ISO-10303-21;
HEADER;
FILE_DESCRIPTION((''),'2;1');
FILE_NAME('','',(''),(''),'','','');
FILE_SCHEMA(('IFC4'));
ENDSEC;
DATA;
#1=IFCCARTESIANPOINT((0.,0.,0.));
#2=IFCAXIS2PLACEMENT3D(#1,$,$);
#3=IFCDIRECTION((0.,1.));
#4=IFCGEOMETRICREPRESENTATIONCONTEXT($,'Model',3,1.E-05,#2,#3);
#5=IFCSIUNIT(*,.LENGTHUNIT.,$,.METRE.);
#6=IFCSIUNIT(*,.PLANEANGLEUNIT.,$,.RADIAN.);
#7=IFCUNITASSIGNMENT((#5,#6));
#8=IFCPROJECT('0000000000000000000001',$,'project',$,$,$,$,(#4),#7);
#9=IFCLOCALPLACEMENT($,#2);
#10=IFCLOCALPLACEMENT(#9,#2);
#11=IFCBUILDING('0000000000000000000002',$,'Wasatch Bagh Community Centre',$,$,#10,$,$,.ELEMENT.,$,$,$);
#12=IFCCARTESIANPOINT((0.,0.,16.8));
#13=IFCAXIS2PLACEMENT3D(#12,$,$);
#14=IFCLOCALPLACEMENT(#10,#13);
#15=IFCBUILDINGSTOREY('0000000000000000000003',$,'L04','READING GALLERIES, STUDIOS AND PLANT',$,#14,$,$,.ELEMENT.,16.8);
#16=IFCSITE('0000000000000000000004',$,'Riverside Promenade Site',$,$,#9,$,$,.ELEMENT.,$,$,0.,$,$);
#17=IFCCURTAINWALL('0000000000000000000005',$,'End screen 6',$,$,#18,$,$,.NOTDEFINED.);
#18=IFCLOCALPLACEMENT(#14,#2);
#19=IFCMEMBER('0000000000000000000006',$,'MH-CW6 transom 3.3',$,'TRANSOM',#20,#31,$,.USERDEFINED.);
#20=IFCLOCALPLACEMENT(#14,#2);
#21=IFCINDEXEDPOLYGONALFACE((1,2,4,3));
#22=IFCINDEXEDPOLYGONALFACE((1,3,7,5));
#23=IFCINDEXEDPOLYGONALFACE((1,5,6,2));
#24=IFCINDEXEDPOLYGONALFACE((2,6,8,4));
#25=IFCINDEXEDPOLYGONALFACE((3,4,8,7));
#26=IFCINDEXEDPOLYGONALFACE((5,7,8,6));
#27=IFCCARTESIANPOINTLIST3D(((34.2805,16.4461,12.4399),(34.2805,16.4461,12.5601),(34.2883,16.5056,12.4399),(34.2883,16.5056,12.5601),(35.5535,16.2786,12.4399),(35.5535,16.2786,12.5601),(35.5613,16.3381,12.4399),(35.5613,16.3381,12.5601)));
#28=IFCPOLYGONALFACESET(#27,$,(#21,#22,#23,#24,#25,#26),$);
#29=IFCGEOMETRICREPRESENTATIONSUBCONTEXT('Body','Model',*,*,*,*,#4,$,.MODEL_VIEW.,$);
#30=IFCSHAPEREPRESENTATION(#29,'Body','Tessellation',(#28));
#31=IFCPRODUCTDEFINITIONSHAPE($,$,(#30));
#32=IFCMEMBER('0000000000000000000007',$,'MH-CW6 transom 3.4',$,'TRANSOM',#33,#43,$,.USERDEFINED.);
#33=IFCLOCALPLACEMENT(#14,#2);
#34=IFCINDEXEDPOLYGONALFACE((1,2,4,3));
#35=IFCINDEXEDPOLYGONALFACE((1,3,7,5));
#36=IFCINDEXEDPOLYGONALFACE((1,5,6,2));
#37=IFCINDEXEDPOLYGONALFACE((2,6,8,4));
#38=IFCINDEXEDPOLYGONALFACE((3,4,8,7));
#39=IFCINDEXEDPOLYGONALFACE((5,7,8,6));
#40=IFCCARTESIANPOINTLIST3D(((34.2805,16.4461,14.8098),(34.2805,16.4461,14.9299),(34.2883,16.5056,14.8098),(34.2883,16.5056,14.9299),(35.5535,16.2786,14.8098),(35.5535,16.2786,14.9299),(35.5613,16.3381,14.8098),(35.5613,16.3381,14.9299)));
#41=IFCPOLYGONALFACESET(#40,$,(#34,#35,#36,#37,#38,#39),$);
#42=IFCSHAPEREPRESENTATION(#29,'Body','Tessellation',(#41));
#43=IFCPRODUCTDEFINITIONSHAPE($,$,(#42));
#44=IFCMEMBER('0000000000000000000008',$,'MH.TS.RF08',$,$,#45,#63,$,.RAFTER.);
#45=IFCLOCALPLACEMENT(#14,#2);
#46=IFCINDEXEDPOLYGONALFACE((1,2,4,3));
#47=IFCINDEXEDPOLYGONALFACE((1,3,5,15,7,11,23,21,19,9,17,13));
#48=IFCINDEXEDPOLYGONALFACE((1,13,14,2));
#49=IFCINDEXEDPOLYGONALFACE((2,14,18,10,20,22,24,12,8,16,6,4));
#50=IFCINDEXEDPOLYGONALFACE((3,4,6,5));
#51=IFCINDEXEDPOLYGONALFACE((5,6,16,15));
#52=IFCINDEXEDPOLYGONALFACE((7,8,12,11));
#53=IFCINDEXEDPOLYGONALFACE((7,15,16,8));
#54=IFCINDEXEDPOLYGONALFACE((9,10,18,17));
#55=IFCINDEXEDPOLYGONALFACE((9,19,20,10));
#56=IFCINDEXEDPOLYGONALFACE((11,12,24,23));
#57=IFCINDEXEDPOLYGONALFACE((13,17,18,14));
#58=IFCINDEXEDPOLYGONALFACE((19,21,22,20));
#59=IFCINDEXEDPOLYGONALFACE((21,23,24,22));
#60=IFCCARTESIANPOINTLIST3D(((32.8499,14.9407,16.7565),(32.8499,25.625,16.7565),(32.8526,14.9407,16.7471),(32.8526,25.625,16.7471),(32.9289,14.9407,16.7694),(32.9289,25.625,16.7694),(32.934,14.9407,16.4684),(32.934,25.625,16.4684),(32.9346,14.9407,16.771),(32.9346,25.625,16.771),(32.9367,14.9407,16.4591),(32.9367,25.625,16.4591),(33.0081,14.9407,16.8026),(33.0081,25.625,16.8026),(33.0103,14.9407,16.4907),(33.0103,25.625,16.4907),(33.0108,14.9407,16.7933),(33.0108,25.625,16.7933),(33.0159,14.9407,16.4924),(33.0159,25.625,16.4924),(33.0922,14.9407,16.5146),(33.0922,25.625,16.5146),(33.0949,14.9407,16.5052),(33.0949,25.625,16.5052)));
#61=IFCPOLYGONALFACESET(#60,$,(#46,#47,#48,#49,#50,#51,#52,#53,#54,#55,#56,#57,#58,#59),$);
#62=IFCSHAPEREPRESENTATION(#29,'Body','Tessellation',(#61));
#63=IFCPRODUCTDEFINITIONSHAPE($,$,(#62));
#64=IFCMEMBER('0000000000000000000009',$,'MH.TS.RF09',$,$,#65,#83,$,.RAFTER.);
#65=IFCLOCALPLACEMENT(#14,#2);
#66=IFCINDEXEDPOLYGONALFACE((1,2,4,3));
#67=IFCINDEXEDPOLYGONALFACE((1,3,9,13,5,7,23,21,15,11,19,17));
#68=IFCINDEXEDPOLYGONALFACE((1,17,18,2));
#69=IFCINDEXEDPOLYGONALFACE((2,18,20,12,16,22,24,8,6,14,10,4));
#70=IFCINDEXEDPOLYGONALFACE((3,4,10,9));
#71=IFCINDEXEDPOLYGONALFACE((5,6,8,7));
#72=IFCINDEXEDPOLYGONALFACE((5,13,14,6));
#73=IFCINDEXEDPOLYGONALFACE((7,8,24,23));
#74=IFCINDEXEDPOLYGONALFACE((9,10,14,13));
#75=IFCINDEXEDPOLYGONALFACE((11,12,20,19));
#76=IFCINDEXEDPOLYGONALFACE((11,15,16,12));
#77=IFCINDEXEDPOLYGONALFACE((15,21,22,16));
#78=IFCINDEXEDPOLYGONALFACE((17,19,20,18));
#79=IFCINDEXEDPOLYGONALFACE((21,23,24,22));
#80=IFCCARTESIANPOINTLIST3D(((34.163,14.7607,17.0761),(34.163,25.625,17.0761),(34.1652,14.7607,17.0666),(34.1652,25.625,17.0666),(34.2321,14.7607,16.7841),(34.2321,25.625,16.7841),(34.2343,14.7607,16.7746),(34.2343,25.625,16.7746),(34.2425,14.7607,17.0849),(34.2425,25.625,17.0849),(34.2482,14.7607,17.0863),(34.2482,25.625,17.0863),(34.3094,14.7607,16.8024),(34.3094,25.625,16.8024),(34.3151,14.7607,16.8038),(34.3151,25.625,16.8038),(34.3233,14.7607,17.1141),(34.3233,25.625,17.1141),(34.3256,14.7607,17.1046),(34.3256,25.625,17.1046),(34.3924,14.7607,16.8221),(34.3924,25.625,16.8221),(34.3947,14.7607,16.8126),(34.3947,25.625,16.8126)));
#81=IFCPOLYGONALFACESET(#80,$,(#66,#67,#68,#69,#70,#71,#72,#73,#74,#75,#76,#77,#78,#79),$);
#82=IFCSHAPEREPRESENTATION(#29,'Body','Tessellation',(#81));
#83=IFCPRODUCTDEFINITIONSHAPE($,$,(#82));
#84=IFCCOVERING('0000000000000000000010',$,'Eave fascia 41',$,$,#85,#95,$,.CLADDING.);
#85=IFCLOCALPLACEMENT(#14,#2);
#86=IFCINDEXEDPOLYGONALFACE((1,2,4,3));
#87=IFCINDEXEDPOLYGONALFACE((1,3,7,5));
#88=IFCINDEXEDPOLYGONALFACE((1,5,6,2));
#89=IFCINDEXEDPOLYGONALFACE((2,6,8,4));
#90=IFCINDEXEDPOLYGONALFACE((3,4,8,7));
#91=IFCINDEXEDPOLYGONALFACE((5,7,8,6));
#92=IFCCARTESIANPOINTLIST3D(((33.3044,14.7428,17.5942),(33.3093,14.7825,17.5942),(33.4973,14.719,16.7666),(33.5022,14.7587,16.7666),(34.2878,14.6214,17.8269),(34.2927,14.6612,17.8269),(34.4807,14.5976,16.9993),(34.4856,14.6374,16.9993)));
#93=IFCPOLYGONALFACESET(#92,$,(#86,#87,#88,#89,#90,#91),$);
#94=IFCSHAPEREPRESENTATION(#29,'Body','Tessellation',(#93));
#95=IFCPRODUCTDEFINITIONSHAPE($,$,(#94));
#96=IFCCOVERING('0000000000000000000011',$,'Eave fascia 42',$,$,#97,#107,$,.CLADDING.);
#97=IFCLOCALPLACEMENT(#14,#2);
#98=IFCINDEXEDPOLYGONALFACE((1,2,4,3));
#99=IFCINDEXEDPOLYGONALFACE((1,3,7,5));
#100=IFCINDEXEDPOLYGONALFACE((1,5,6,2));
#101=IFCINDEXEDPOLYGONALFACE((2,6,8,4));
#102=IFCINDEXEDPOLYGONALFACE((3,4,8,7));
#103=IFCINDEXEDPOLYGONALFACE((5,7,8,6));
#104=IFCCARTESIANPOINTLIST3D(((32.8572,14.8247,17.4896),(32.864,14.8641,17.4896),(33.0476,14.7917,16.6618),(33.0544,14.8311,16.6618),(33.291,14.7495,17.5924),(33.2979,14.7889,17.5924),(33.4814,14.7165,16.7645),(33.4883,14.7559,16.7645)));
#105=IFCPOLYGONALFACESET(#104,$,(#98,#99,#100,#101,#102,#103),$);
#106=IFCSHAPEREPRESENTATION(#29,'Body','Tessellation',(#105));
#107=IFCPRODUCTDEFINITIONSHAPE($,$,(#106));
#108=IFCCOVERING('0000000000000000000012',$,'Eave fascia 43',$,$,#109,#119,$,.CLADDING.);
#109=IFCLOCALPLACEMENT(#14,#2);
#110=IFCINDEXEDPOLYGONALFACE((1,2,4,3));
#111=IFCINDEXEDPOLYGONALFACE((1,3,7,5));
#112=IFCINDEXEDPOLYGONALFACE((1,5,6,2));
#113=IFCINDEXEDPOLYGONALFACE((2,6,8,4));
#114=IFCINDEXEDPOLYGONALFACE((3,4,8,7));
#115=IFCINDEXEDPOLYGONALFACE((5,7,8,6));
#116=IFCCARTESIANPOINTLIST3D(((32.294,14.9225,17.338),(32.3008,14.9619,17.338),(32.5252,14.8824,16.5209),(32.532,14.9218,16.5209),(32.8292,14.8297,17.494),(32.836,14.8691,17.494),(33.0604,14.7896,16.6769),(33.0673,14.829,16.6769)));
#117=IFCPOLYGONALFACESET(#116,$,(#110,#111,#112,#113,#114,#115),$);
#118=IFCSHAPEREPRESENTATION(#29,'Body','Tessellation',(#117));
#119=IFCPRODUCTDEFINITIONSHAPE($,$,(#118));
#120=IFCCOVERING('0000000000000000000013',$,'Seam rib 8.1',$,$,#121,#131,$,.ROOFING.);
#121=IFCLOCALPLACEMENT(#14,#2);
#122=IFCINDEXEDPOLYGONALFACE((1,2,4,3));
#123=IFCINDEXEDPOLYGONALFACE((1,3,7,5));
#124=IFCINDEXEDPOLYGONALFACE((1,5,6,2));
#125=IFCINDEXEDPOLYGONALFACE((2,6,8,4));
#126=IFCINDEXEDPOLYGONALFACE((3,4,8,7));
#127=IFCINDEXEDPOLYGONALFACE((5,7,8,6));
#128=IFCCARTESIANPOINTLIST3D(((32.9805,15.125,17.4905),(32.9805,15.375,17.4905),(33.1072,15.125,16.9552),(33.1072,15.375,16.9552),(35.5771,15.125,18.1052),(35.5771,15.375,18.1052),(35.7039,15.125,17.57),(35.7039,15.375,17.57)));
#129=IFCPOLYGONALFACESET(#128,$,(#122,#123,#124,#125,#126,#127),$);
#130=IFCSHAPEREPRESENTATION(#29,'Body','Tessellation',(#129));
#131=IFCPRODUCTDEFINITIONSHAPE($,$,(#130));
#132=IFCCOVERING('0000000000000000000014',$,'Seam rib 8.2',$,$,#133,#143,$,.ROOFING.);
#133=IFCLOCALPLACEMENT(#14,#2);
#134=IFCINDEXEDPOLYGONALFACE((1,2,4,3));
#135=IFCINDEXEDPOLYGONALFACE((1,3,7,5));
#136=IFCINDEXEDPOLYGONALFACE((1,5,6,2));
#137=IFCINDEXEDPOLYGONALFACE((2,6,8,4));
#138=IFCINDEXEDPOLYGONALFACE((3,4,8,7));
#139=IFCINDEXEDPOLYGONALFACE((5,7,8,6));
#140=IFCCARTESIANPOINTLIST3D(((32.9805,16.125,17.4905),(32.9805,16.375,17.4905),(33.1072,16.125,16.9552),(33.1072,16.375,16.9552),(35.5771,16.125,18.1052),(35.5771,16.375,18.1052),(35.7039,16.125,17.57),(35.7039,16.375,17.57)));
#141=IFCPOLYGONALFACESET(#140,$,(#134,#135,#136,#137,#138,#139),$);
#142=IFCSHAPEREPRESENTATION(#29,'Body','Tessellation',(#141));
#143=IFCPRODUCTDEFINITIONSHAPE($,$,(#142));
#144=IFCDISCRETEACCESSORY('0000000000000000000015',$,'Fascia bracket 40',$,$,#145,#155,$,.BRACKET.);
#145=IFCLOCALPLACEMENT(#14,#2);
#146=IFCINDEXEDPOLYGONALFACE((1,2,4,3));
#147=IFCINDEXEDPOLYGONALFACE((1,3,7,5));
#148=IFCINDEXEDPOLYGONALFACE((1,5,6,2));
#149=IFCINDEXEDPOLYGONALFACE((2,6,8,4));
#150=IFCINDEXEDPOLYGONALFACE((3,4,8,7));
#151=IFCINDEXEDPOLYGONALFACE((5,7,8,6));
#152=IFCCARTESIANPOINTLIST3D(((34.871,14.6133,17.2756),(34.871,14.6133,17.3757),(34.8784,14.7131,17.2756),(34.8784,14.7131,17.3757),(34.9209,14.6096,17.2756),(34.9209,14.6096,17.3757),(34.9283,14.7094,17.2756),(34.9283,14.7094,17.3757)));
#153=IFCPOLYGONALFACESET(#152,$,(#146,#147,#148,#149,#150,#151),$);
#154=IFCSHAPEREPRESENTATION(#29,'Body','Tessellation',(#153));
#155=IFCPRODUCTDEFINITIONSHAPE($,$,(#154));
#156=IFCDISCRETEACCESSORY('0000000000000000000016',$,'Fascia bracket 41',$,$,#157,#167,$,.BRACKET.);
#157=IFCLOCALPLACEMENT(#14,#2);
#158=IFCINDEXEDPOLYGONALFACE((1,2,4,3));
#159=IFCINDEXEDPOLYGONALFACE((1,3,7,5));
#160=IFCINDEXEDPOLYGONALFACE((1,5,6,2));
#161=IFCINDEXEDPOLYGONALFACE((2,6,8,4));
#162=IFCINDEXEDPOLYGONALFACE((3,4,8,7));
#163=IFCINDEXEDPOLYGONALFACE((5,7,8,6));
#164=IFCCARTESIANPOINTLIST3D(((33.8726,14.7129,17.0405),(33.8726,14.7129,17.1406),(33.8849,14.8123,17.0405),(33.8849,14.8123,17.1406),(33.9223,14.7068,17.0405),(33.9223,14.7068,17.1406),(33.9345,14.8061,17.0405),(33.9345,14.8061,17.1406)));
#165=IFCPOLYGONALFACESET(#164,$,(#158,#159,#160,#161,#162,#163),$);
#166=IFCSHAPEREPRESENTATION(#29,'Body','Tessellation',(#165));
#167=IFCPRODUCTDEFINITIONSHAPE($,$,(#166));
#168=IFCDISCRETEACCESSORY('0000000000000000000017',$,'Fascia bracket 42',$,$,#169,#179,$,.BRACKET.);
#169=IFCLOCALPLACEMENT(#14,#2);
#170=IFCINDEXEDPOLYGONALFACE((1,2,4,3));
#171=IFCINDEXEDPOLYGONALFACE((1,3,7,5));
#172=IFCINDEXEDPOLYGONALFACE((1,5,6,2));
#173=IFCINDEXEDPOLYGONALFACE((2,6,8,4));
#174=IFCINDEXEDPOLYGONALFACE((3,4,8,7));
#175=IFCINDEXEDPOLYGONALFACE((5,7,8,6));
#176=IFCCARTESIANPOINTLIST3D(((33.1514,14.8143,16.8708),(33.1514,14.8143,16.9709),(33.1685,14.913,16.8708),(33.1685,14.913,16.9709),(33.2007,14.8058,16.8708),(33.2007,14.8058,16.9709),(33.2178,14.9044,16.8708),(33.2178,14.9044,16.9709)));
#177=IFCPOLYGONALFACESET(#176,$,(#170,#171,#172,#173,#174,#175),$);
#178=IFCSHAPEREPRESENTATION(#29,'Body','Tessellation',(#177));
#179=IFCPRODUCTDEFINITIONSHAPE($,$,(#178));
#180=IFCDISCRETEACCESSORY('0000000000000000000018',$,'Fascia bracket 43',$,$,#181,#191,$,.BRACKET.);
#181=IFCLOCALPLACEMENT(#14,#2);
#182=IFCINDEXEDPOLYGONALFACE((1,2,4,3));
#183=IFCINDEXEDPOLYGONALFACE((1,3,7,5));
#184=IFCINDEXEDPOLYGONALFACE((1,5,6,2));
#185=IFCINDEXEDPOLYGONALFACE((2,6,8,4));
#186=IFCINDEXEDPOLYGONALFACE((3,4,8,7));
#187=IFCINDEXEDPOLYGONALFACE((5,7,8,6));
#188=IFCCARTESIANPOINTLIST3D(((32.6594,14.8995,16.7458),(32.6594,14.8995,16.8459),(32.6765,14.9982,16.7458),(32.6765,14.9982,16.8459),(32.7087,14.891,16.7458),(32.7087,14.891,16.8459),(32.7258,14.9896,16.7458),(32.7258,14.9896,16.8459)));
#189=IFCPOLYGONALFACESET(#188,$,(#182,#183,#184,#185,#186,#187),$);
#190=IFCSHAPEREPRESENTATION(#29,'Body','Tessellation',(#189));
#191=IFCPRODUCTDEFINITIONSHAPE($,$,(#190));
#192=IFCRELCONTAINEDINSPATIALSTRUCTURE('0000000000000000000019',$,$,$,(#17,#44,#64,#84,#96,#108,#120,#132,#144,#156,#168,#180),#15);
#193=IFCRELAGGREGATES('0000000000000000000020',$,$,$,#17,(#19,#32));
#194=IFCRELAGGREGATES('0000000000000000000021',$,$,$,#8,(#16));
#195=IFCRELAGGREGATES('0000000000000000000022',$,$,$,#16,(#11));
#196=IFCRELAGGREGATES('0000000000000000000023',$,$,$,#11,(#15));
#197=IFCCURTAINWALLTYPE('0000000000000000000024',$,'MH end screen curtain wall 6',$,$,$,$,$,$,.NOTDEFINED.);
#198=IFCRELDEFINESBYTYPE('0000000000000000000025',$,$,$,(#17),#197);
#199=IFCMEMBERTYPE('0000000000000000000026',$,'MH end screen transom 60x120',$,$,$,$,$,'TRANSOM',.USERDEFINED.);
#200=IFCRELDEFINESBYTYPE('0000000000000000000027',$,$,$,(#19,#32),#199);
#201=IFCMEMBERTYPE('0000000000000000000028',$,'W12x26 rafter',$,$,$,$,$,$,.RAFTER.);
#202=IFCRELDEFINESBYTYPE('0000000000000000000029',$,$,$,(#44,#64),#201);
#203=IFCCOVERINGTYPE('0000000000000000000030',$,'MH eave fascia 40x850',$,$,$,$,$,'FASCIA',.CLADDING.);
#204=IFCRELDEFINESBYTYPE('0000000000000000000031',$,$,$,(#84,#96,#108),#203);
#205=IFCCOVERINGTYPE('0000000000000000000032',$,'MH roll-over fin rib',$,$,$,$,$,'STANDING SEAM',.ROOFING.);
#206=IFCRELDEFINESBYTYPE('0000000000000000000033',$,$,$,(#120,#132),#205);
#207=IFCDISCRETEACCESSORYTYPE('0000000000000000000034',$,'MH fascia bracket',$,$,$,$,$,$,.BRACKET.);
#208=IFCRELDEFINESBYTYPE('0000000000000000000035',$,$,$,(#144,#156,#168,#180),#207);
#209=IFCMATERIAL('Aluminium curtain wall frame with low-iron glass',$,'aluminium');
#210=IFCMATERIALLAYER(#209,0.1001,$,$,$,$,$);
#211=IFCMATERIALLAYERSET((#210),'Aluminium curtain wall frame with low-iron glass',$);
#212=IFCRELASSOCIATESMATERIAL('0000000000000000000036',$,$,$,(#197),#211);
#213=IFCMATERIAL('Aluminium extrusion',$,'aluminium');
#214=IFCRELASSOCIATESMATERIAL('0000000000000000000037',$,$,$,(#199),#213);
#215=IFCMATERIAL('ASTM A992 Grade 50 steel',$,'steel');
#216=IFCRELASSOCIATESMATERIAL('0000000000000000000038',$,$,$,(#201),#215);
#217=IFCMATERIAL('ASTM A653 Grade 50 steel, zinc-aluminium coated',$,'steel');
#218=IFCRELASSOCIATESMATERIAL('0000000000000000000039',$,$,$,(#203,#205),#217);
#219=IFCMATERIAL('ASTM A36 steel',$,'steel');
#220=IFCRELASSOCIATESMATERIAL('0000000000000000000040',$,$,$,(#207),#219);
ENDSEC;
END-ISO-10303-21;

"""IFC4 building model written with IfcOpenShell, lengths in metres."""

from ifc_helpers import new_model, si_unit, direction, frame, origin, origin_2d, place, context, subcontext, project, spatial, polyline, rectangle, i_section, outline, extrude, material, layer, layer_set, material_profile, profile_set, type_object, element, aggregate, save


model = new_model("IFC4")

# Units and contexts
model_context = context("Model", 3, precision=1e-05, world=origin(), true_north=direction((0.0, 1.0)))
body_context = subcontext(model_context, "Body", "Model", "MODEL_VIEW")
ifc_project = project(units=[si_unit("LENGTHUNIT", "METRE"), si_unit("PLANEANGLEUNIT", "RADIAN")], contexts=[model_context])

# Site, building, storey
site_placement = place(None, origin())
site = spatial("IfcSite", under=ifc_project, at=site_placement, Name="Riverside Promenade Site", CompositionType="ELEMENT", RefElevation=0.0)
building_placement = place(site_placement, origin())
building = spatial("IfcBuilding", under=site, at=building_placement, Name="Wasatch Bagh Community Centre", CompositionType="ELEMENT")
storey_placement = place(building_placement, frame((0.0, 0.0, 16.8)))
storey = spatial("IfcBuildingStorey", under=building, at=storey_placement, Name="L04", Description="READING GALLERIES, STUDIOS AND PLANT", CompositionType="ELEMENT", Elevation=16.8)

# Curtain wall, members
ifc_material_1 = material(Name="Aluminium curtain wall frame with low-iron glass", Category="aluminium")
ifc_layer = layer(ifc_material_1, 0.1001)
ifc_layer_set = layer_set([ifc_layer], Name="Aluminium curtain wall frame with low-iron glass")
curtain_wall_type = type_object("IfcCurtainWallType", Name="MH end screen curtain wall 6", PredefinedType="NOTDEFINED", material=ifc_layer_set)
curtain_wall_placement = place(storey_placement, origin())
curtain_wall = element("IfcCurtainWall", 1, at=curtain_wall_placement, inside=storey, type_object=curtain_wall_type, Name="End screen 6", PredefinedType="NOTDEFINED")
ifc_material_2 = material(Name="Aluminium extrusion", Category="aluminium")
ifc_material_profile_1 = material_profile(ifc_material_2, rectangle(XDim=0.0601, YDim=0.1201, at=origin_2d()), Name="AL 60x120")
ifc_profile_set_1 = profile_set([ifc_material_profile_1], Name="Aluminium extrusion")
member_type_1 = type_object("IfcMemberType", Name="MH end screen transom 60x120", ElementType="TRANSOM", PredefinedType="USERDEFINED", material=ifc_profile_set_1)
member_1_placement = place(storey_placement, frame((34.2844, 16.4758, 12.5), z_axis=(0.991456, -0.130445, 0.0), x_axis=(0.130445, 0.991456, 0.0)))
member_1 = element("IfcMember", 2, at=member_1_placement, type_object=member_type_1, Name="MH-CW6 transom 3.3", ObjectType="TRANSOM", PredefinedType="USERDEFINED", context=body_context, shape_type="SweptSolid", body=[
    extrude(rectangle(XDim=0.0601, YDim=0.1201, at=origin_2d()), origin(), (0.0, 0.0, 1.0), 1.2839),
])
member_2_placement = place(storey_placement, frame((34.2844, 16.4758, 14.8699), z_axis=(0.991456, -0.130445, 0.0), x_axis=(0.130445, 0.991456, 0.0)))
member_2 = element("IfcMember", 3, at=member_2_placement, type_object=member_type_1, Name="MH-CW6 transom 3.4", ObjectType="TRANSOM", PredefinedType="USERDEFINED", context=body_context, shape_type="SweptSolid", body=[
    extrude(rectangle(XDim=0.0601, YDim=0.1201, at=origin_2d()), origin(), (0.0, 0.0, 1.0), 1.2839),
])
aggregate(curtain_wall, [member_1, member_2])

# Members
ifc_material_3 = material(Name="ASTM A992 Grade 50 steel", Category="steel")
ifc_material_profile_2 = material_profile(ifc_material_3, i_section(OverallWidth=0.1648, OverallDepth=0.3098, WebThickness=0.0059, FlangeThickness=0.0098, at=origin_2d()), Name="W12x26")
ifc_profile_set_2 = profile_set([ifc_material_profile_2], Name="ASTM A992 Grade 50 steel")
member_type_2 = type_object("IfcMemberType", Name="W12x26 rafter", PredefinedType="RAFTER", material=ifc_profile_set_2)
member_3_placement = place(storey_placement, frame((32.9724, 14.9407, 16.6309), z_axis=(0.0, 1.0, 0.0), x_axis=(-0.959938, 0.0, -0.280214)))
element("IfcMember", 4, at=member_3_placement, inside=storey, type_object=member_type_2, Name="MH.TS.RF08", PredefinedType="RAFTER", context=body_context, shape_type="SweptSolid", body=[
    extrude(i_section(OverallWidth=0.1648, OverallDepth=0.3098, WebThickness=0.0059, FlangeThickness=0.0098, at=origin_2d()), origin(), (0.0, 0.0, 1.0), 10.6843),
])
member_4_placement = place(storey_placement, frame((34.2788, 14.7607, 16.9443), z_axis=(0.0, 1.0, 0.0), x_axis=(-0.973122, 0.0, -0.230292)))
element("IfcMember", 5, at=member_4_placement, inside=storey, type_object=member_type_2, Name="MH.TS.RF09", PredefinedType="RAFTER", context=body_context, shape_type="SweptSolid", body=[
    extrude(i_section(OverallWidth=0.1648, OverallDepth=0.3098, WebThickness=0.0059, FlangeThickness=0.0098, at=origin_2d()), origin(), (0.0, 0.0, 1.0), 10.8643),
])

# Coverings
ifc_material_4 = material(Name="ASTM A653 Grade 50 steel, zinc-aluminium coated", Category="steel")
ifc_material_profile_3 = material_profile(ifc_material_4, rectangle(XDim=0.04, YDim=0.8501, at=origin_2d()), Name="FASCIA 40x850")
ifc_profile_set_3 = profile_set([ifc_material_profile_3], Name="ASTM A653 Grade 50 steel, zinc-aluminium coated")
covering_type_1 = type_object("IfcCoveringType", Name="MH eave fascia 40x850", ElementType="FASCIA", PredefinedType="CLADDING", material=ifc_profile_set_3)
covering_1_placement = place(storey_placement, frame((34.3867, 14.6294, 17.4131), z_axis=(-0.966194, 0.119215, -0.228596), x_axis=(-0.122458, -0.992474, 0.0)))
element("IfcCovering", 6, at=covering_1_placement, inside=storey, type_object=covering_type_1, Name="Eave fascia 41", PredefinedType="CLADDING", context=body_context, shape_type="SweptSolid", body=[
    extrude(rectangle(XDim=0.04, YDim=0.8501, at=origin_2d()), origin(), (0.0, 0.0, 1.0), 1.0178),
])
covering_2_placement = place(storey_placement, frame((33.3896, 14.7527, 17.1785), z_axis=(-0.959513, 0.166308, -0.227324), x_axis=(-0.17078, -0.985309, 0.0)))
element("IfcCovering", 7, at=covering_2_placement, inside=storey, type_object=covering_type_1, Name="Eave fascia 42", PredefinedType="CLADDING", context=body_context, shape_type="SweptSolid", body=[
    extrude(rectangle(XDim=0.04, YDim=0.8501, at=origin_2d()), origin(), (0.0, 0.0, 1.0), 0.4521),
])
covering_3_placement = place(storey_placement, frame((32.9482, 14.8293, 17.0854), z_axis=(-0.947013, 0.164172, -0.276068), x_axis=(-0.17081, -0.985304, 0.0)))
element("IfcCovering", 8, at=covering_3_placement, inside=storey, type_object=covering_type_1, Name="Eave fascia 43", PredefinedType="CLADDING", context=body_context, shape_type="SweptSolid", body=[
    extrude(rectangle(XDim=0.04, YDim=0.8501, at=origin_2d()), origin(), (0.0, 0.0, 1.0), 0.5652),
])
covering_type_2 = type_object("IfcCoveringType", Name="MH roll-over fin rib", ElementType="STANDING SEAM", PredefinedType="ROOFING", material=ifc_material_4)
for number, where, z_axis, x_axis, name in (
    (9, (32.9805, 15.125, 17.4905), (-0.230375, 0.0, 0.973102), (0.973102, 0.0, 0.230375), "Seam rib 8.1"),
    (10, (32.9805, 16.125, 17.4905), (-0.230375, 0.0, 0.973102), (0.973102, 0.0, 0.230375), "Seam rib 8.2"),
):
    element("IfcCovering", number, at=place(storey_placement, frame(where, z_axis=z_axis, x_axis=x_axis)), inside=storey, type_object=covering_type_2, Name=name, PredefinedType="ROOFING", context=body_context, shape_type="SweptSolid", body=[
        extrude(outline(polyline([(0.0, 0.0), (2.6685, 0.0), (2.6685, 0.25), (0.0, 0.25), (0.0, 0.0)])), origin(), (0.0, 0.0, -1.0), 0.55),
    ])

# Discrete accessories
ifc_material_5 = material(Name="ASTM A36 steel", Category="steel")
discrete_accessory_type_1 = type_object("IfcDiscreteAccessoryType", Name="MH fascia bracket", PredefinedType="BRACKET", material=ifc_material_5)
for number, where, z_axis, x_axis, name in (
    (11, (34.8997, 14.6614, 17.2756), (0.0, 0.0, 1.0), (-0.073565, -0.99729, 0.0), "Fascia bracket 40"),
    (12, (33.9036, 14.7595, 17.0405), (0.0, 0.0, 1.0), (-0.122411, -0.99248, 0.0), "Fascia bracket 41"),
    (13, (33.1846, 14.8594, 16.8708), (0.0, 0.0, 1.0), (-0.170962, -0.985278, 0.0), "Fascia bracket 42"),
    (14, (32.6926, 14.9446, 16.7458), (0.0, 0.0, 1.0), (-0.170962, -0.985278, 0.0), "Fascia bracket 43"),
):
    element("IfcDiscreteAccessory", number, at=place(storey_placement, frame(where, z_axis=z_axis, x_axis=x_axis)), inside=storey, type_object=discrete_accessory_type_1, Name=name, PredefinedType="BRACKET", context=body_context, shape_type="SweptSolid", body=[
        extrude(rectangle(XDim=0.1001, YDim=0.05, at=origin_2d()), origin(), (0.0, 0.0, 1.0), 0.1001),
    ])

save(model, "model.ifc")
